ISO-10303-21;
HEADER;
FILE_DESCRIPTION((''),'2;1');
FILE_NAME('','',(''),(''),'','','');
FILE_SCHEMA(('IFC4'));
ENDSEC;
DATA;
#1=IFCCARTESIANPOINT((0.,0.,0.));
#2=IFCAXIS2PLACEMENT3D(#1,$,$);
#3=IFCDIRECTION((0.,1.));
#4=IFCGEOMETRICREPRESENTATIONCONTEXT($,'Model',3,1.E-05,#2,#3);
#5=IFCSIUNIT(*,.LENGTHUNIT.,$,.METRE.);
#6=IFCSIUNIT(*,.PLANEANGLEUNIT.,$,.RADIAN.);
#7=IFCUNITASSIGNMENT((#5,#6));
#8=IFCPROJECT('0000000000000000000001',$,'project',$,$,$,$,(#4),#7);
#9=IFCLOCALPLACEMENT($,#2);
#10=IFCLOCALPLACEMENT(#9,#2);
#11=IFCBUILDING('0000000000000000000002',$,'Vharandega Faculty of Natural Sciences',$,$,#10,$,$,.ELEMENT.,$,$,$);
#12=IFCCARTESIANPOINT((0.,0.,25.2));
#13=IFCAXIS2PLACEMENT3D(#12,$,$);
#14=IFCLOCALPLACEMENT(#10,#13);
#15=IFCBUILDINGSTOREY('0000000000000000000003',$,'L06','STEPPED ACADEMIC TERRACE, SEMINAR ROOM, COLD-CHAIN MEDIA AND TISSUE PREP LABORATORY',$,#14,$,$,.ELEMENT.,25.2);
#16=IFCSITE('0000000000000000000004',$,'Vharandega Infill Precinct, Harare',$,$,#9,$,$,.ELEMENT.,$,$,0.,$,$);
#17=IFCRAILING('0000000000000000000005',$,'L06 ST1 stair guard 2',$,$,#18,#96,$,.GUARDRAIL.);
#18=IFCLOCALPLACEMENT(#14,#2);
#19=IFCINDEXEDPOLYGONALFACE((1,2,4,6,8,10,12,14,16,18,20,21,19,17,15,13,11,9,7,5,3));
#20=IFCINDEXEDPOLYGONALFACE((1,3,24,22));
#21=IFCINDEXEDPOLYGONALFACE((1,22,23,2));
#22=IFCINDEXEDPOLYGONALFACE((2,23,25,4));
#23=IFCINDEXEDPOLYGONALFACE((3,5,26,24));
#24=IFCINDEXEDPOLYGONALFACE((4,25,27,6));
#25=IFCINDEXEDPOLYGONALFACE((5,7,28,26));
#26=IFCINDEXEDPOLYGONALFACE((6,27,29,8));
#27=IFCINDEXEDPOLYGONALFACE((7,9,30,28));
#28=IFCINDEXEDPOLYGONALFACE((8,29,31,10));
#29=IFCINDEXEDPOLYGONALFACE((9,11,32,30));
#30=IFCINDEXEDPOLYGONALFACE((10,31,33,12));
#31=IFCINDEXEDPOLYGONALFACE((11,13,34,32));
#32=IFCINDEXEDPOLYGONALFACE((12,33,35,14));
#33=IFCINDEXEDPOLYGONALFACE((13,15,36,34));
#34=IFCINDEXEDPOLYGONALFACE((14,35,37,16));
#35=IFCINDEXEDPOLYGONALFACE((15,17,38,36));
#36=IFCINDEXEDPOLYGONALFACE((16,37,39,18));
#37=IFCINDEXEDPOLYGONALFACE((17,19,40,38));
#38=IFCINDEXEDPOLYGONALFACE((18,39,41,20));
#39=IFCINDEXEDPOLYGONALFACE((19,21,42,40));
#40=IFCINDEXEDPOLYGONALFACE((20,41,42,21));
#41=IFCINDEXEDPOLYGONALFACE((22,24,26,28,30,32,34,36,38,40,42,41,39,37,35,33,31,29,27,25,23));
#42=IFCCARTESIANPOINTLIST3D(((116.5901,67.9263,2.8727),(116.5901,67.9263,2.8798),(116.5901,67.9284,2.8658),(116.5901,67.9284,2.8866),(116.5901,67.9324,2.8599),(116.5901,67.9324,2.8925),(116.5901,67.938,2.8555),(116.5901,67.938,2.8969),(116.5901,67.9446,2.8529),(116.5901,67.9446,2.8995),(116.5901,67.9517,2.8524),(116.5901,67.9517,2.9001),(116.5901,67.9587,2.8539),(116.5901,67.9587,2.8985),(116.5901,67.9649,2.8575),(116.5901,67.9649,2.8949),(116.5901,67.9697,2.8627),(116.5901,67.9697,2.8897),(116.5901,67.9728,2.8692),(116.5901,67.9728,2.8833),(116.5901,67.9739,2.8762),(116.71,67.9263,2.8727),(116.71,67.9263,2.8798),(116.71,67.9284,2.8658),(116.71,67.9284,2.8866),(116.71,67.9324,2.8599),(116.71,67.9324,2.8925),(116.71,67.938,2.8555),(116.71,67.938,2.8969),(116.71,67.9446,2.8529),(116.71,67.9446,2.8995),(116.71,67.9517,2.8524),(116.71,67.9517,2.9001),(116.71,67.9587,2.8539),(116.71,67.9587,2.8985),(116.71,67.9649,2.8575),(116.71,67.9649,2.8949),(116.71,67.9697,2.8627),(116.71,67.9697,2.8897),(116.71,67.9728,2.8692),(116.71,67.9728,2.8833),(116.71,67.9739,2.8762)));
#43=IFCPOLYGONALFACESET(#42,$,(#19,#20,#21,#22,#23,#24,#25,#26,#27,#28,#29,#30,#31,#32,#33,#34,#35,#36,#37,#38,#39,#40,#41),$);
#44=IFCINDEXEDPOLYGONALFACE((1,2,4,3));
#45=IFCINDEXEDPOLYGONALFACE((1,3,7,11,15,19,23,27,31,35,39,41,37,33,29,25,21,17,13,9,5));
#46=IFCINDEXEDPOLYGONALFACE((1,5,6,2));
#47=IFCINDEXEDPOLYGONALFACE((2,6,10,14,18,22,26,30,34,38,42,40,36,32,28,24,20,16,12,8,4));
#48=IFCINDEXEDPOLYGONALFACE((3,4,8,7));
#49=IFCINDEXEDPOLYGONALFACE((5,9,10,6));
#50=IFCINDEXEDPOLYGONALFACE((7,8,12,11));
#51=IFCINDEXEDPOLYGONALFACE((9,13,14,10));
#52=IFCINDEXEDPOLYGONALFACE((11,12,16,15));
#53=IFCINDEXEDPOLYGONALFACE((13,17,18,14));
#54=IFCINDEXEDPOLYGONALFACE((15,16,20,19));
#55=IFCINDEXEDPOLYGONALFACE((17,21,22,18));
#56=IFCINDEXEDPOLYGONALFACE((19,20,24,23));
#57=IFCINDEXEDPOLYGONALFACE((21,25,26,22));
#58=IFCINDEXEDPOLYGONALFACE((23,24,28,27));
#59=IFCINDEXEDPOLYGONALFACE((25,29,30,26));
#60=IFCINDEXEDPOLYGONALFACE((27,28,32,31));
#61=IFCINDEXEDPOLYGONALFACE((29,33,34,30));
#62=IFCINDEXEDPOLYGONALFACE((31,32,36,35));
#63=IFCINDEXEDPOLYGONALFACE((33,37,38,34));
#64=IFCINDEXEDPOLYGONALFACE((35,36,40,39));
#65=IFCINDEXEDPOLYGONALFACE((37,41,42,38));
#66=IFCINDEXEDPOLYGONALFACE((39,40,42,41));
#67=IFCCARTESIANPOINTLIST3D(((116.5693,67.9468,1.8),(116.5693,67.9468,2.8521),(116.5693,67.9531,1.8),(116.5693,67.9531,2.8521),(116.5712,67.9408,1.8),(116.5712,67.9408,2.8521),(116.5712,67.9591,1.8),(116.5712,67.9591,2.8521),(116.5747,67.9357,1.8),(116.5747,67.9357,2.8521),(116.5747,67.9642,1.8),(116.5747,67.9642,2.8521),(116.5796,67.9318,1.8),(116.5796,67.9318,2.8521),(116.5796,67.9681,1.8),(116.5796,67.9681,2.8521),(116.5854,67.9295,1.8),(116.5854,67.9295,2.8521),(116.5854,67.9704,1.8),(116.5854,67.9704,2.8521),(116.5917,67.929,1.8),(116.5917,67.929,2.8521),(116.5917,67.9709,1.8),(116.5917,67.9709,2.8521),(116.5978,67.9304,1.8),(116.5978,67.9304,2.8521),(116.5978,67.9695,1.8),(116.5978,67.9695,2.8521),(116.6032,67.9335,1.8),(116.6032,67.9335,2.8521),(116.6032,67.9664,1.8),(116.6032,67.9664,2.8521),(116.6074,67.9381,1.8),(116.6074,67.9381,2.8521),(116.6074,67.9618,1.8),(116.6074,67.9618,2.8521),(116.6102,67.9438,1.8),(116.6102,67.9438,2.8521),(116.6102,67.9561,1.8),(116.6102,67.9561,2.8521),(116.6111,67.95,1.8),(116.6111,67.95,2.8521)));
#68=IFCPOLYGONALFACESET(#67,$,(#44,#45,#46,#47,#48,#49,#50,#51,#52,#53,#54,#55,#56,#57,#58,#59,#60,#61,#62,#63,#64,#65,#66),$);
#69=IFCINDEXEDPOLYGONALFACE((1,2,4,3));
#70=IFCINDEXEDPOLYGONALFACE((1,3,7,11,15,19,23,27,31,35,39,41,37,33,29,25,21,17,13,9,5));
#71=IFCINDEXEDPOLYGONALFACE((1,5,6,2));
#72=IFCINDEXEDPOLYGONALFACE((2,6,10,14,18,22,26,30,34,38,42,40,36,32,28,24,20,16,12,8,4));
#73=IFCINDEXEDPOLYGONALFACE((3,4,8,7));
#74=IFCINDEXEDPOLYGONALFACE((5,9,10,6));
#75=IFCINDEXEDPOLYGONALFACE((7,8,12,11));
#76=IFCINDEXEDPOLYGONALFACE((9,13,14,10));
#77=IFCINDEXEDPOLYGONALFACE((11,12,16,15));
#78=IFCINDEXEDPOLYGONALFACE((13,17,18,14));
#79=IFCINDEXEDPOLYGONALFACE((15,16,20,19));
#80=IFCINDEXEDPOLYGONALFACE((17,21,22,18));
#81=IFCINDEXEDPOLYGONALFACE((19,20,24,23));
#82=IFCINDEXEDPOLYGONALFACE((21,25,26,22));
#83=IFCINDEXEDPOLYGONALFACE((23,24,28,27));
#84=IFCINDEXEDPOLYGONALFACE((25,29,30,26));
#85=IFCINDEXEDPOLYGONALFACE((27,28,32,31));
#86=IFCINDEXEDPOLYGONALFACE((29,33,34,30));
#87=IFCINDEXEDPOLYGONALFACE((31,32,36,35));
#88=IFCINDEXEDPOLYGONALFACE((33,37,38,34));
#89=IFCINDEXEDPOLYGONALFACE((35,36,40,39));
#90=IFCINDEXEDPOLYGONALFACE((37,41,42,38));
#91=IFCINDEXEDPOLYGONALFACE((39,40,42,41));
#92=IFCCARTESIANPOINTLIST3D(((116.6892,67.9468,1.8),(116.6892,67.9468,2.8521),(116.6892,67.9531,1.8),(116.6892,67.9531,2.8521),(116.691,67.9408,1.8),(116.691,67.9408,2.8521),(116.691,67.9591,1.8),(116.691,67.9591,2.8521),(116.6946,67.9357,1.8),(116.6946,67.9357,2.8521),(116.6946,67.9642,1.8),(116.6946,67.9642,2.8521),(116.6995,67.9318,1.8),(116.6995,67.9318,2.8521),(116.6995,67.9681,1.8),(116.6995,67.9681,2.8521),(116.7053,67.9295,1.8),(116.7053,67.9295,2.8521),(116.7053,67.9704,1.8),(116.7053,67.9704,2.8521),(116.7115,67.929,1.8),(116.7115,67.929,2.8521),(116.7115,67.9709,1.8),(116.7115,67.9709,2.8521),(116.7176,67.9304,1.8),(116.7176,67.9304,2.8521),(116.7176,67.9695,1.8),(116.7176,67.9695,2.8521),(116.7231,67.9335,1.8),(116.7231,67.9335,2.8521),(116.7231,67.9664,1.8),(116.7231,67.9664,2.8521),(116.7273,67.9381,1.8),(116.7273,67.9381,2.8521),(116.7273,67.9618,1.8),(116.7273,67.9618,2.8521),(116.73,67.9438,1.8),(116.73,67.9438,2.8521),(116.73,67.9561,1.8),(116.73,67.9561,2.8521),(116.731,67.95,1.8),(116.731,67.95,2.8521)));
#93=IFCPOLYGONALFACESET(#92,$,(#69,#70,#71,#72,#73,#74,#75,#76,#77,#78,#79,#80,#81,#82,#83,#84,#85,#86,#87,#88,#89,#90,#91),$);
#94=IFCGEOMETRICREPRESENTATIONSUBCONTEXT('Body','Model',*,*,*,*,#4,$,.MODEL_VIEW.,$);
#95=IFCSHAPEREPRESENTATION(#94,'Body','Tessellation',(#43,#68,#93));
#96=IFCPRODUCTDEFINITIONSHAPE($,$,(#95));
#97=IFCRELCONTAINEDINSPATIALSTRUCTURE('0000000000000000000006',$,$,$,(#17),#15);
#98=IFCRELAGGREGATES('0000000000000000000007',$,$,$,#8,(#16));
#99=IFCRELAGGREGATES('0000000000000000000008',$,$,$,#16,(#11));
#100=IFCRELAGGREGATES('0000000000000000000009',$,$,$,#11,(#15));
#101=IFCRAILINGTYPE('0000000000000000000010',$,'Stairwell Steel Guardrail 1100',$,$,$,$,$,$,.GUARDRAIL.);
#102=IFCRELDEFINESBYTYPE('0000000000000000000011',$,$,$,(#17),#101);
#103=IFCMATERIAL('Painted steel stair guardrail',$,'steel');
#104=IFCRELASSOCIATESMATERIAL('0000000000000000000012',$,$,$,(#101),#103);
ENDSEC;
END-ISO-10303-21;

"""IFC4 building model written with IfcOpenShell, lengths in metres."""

from ifc_helpers import new_model, si_unit, direction, frame, origin, origin_2d, place, context, subcontext, project, spatial, circle, extrude, material, type_object, element, save


model = new_model("IFC4")

# Units and contexts
model_context = context("Model", 3, precision=1e-05, world=origin(), true_north=direction((0.0, 1.0)))
body_context = subcontext(model_context, "Body", "Model", "MODEL_VIEW")
ifc_project = project(units=[si_unit("LENGTHUNIT", "METRE"), si_unit("PLANEANGLEUNIT", "RADIAN")], contexts=[model_context])

# Site, building, storey
site_placement = place(None, origin())
site = spatial("IfcSite", under=ifc_project, at=site_placement, Name="Vharandega Infill Precinct, Harare", CompositionType="ELEMENT", RefElevation=0.0)
building_placement = place(site_placement, origin())
building = spatial("IfcBuilding", under=site, at=building_placement, Name="Vharandega Faculty of Natural Sciences", CompositionType="ELEMENT")
storey_placement = place(building_placement, frame((0.0, 0.0, 25.2)))
storey = spatial("IfcBuildingStorey", under=building, at=storey_placement, Name="L06", Description="STEPPED ACADEMIC TERRACE, SEMINAR ROOM, COLD-CHAIN MEDIA AND TISSUE PREP LABORATORY", CompositionType="ELEMENT", Elevation=25.2)

# Railing
ifc_material_1 = material(Name="Painted steel stair guardrail", Category="steel")
railing_type_1 = type_object("IfcRailingType", Name="Stairwell Steel Guardrail 1100", PredefinedType="GUARDRAIL", material=ifc_material_1)
railing_1_placement = place(storey_placement, frame((116.5901, 67.95, 1.8)))
element("IfcRailing", 1, at=railing_1_placement, inside=storey, type_object=railing_type_1, Name="L06 ST1 stair guard 2", PredefinedType="GUARDRAIL", context=body_context, shape_type="SweptSolid", body=[
    extrude(circle(Radius=0.0239, at=origin_2d()), frame((0.0, 0.0, 1.0762), z_axis=(1.0, 0.0, 0.0), x_axis=(0.0, 1.0, 0.0)), (0.0, 0.0, 1.0), 0.1199),
    extrude(circle(Radius=0.021, at=origin_2d()), origin(), (0.0, 0.0, 1.0), 1.052),
    extrude(circle(Radius=0.021, at=origin_2d()), frame((0.1199, 0.0, 0.0)), (0.0, 0.0, 1.0), 1.052),
])

save(model, "model.ifc")
